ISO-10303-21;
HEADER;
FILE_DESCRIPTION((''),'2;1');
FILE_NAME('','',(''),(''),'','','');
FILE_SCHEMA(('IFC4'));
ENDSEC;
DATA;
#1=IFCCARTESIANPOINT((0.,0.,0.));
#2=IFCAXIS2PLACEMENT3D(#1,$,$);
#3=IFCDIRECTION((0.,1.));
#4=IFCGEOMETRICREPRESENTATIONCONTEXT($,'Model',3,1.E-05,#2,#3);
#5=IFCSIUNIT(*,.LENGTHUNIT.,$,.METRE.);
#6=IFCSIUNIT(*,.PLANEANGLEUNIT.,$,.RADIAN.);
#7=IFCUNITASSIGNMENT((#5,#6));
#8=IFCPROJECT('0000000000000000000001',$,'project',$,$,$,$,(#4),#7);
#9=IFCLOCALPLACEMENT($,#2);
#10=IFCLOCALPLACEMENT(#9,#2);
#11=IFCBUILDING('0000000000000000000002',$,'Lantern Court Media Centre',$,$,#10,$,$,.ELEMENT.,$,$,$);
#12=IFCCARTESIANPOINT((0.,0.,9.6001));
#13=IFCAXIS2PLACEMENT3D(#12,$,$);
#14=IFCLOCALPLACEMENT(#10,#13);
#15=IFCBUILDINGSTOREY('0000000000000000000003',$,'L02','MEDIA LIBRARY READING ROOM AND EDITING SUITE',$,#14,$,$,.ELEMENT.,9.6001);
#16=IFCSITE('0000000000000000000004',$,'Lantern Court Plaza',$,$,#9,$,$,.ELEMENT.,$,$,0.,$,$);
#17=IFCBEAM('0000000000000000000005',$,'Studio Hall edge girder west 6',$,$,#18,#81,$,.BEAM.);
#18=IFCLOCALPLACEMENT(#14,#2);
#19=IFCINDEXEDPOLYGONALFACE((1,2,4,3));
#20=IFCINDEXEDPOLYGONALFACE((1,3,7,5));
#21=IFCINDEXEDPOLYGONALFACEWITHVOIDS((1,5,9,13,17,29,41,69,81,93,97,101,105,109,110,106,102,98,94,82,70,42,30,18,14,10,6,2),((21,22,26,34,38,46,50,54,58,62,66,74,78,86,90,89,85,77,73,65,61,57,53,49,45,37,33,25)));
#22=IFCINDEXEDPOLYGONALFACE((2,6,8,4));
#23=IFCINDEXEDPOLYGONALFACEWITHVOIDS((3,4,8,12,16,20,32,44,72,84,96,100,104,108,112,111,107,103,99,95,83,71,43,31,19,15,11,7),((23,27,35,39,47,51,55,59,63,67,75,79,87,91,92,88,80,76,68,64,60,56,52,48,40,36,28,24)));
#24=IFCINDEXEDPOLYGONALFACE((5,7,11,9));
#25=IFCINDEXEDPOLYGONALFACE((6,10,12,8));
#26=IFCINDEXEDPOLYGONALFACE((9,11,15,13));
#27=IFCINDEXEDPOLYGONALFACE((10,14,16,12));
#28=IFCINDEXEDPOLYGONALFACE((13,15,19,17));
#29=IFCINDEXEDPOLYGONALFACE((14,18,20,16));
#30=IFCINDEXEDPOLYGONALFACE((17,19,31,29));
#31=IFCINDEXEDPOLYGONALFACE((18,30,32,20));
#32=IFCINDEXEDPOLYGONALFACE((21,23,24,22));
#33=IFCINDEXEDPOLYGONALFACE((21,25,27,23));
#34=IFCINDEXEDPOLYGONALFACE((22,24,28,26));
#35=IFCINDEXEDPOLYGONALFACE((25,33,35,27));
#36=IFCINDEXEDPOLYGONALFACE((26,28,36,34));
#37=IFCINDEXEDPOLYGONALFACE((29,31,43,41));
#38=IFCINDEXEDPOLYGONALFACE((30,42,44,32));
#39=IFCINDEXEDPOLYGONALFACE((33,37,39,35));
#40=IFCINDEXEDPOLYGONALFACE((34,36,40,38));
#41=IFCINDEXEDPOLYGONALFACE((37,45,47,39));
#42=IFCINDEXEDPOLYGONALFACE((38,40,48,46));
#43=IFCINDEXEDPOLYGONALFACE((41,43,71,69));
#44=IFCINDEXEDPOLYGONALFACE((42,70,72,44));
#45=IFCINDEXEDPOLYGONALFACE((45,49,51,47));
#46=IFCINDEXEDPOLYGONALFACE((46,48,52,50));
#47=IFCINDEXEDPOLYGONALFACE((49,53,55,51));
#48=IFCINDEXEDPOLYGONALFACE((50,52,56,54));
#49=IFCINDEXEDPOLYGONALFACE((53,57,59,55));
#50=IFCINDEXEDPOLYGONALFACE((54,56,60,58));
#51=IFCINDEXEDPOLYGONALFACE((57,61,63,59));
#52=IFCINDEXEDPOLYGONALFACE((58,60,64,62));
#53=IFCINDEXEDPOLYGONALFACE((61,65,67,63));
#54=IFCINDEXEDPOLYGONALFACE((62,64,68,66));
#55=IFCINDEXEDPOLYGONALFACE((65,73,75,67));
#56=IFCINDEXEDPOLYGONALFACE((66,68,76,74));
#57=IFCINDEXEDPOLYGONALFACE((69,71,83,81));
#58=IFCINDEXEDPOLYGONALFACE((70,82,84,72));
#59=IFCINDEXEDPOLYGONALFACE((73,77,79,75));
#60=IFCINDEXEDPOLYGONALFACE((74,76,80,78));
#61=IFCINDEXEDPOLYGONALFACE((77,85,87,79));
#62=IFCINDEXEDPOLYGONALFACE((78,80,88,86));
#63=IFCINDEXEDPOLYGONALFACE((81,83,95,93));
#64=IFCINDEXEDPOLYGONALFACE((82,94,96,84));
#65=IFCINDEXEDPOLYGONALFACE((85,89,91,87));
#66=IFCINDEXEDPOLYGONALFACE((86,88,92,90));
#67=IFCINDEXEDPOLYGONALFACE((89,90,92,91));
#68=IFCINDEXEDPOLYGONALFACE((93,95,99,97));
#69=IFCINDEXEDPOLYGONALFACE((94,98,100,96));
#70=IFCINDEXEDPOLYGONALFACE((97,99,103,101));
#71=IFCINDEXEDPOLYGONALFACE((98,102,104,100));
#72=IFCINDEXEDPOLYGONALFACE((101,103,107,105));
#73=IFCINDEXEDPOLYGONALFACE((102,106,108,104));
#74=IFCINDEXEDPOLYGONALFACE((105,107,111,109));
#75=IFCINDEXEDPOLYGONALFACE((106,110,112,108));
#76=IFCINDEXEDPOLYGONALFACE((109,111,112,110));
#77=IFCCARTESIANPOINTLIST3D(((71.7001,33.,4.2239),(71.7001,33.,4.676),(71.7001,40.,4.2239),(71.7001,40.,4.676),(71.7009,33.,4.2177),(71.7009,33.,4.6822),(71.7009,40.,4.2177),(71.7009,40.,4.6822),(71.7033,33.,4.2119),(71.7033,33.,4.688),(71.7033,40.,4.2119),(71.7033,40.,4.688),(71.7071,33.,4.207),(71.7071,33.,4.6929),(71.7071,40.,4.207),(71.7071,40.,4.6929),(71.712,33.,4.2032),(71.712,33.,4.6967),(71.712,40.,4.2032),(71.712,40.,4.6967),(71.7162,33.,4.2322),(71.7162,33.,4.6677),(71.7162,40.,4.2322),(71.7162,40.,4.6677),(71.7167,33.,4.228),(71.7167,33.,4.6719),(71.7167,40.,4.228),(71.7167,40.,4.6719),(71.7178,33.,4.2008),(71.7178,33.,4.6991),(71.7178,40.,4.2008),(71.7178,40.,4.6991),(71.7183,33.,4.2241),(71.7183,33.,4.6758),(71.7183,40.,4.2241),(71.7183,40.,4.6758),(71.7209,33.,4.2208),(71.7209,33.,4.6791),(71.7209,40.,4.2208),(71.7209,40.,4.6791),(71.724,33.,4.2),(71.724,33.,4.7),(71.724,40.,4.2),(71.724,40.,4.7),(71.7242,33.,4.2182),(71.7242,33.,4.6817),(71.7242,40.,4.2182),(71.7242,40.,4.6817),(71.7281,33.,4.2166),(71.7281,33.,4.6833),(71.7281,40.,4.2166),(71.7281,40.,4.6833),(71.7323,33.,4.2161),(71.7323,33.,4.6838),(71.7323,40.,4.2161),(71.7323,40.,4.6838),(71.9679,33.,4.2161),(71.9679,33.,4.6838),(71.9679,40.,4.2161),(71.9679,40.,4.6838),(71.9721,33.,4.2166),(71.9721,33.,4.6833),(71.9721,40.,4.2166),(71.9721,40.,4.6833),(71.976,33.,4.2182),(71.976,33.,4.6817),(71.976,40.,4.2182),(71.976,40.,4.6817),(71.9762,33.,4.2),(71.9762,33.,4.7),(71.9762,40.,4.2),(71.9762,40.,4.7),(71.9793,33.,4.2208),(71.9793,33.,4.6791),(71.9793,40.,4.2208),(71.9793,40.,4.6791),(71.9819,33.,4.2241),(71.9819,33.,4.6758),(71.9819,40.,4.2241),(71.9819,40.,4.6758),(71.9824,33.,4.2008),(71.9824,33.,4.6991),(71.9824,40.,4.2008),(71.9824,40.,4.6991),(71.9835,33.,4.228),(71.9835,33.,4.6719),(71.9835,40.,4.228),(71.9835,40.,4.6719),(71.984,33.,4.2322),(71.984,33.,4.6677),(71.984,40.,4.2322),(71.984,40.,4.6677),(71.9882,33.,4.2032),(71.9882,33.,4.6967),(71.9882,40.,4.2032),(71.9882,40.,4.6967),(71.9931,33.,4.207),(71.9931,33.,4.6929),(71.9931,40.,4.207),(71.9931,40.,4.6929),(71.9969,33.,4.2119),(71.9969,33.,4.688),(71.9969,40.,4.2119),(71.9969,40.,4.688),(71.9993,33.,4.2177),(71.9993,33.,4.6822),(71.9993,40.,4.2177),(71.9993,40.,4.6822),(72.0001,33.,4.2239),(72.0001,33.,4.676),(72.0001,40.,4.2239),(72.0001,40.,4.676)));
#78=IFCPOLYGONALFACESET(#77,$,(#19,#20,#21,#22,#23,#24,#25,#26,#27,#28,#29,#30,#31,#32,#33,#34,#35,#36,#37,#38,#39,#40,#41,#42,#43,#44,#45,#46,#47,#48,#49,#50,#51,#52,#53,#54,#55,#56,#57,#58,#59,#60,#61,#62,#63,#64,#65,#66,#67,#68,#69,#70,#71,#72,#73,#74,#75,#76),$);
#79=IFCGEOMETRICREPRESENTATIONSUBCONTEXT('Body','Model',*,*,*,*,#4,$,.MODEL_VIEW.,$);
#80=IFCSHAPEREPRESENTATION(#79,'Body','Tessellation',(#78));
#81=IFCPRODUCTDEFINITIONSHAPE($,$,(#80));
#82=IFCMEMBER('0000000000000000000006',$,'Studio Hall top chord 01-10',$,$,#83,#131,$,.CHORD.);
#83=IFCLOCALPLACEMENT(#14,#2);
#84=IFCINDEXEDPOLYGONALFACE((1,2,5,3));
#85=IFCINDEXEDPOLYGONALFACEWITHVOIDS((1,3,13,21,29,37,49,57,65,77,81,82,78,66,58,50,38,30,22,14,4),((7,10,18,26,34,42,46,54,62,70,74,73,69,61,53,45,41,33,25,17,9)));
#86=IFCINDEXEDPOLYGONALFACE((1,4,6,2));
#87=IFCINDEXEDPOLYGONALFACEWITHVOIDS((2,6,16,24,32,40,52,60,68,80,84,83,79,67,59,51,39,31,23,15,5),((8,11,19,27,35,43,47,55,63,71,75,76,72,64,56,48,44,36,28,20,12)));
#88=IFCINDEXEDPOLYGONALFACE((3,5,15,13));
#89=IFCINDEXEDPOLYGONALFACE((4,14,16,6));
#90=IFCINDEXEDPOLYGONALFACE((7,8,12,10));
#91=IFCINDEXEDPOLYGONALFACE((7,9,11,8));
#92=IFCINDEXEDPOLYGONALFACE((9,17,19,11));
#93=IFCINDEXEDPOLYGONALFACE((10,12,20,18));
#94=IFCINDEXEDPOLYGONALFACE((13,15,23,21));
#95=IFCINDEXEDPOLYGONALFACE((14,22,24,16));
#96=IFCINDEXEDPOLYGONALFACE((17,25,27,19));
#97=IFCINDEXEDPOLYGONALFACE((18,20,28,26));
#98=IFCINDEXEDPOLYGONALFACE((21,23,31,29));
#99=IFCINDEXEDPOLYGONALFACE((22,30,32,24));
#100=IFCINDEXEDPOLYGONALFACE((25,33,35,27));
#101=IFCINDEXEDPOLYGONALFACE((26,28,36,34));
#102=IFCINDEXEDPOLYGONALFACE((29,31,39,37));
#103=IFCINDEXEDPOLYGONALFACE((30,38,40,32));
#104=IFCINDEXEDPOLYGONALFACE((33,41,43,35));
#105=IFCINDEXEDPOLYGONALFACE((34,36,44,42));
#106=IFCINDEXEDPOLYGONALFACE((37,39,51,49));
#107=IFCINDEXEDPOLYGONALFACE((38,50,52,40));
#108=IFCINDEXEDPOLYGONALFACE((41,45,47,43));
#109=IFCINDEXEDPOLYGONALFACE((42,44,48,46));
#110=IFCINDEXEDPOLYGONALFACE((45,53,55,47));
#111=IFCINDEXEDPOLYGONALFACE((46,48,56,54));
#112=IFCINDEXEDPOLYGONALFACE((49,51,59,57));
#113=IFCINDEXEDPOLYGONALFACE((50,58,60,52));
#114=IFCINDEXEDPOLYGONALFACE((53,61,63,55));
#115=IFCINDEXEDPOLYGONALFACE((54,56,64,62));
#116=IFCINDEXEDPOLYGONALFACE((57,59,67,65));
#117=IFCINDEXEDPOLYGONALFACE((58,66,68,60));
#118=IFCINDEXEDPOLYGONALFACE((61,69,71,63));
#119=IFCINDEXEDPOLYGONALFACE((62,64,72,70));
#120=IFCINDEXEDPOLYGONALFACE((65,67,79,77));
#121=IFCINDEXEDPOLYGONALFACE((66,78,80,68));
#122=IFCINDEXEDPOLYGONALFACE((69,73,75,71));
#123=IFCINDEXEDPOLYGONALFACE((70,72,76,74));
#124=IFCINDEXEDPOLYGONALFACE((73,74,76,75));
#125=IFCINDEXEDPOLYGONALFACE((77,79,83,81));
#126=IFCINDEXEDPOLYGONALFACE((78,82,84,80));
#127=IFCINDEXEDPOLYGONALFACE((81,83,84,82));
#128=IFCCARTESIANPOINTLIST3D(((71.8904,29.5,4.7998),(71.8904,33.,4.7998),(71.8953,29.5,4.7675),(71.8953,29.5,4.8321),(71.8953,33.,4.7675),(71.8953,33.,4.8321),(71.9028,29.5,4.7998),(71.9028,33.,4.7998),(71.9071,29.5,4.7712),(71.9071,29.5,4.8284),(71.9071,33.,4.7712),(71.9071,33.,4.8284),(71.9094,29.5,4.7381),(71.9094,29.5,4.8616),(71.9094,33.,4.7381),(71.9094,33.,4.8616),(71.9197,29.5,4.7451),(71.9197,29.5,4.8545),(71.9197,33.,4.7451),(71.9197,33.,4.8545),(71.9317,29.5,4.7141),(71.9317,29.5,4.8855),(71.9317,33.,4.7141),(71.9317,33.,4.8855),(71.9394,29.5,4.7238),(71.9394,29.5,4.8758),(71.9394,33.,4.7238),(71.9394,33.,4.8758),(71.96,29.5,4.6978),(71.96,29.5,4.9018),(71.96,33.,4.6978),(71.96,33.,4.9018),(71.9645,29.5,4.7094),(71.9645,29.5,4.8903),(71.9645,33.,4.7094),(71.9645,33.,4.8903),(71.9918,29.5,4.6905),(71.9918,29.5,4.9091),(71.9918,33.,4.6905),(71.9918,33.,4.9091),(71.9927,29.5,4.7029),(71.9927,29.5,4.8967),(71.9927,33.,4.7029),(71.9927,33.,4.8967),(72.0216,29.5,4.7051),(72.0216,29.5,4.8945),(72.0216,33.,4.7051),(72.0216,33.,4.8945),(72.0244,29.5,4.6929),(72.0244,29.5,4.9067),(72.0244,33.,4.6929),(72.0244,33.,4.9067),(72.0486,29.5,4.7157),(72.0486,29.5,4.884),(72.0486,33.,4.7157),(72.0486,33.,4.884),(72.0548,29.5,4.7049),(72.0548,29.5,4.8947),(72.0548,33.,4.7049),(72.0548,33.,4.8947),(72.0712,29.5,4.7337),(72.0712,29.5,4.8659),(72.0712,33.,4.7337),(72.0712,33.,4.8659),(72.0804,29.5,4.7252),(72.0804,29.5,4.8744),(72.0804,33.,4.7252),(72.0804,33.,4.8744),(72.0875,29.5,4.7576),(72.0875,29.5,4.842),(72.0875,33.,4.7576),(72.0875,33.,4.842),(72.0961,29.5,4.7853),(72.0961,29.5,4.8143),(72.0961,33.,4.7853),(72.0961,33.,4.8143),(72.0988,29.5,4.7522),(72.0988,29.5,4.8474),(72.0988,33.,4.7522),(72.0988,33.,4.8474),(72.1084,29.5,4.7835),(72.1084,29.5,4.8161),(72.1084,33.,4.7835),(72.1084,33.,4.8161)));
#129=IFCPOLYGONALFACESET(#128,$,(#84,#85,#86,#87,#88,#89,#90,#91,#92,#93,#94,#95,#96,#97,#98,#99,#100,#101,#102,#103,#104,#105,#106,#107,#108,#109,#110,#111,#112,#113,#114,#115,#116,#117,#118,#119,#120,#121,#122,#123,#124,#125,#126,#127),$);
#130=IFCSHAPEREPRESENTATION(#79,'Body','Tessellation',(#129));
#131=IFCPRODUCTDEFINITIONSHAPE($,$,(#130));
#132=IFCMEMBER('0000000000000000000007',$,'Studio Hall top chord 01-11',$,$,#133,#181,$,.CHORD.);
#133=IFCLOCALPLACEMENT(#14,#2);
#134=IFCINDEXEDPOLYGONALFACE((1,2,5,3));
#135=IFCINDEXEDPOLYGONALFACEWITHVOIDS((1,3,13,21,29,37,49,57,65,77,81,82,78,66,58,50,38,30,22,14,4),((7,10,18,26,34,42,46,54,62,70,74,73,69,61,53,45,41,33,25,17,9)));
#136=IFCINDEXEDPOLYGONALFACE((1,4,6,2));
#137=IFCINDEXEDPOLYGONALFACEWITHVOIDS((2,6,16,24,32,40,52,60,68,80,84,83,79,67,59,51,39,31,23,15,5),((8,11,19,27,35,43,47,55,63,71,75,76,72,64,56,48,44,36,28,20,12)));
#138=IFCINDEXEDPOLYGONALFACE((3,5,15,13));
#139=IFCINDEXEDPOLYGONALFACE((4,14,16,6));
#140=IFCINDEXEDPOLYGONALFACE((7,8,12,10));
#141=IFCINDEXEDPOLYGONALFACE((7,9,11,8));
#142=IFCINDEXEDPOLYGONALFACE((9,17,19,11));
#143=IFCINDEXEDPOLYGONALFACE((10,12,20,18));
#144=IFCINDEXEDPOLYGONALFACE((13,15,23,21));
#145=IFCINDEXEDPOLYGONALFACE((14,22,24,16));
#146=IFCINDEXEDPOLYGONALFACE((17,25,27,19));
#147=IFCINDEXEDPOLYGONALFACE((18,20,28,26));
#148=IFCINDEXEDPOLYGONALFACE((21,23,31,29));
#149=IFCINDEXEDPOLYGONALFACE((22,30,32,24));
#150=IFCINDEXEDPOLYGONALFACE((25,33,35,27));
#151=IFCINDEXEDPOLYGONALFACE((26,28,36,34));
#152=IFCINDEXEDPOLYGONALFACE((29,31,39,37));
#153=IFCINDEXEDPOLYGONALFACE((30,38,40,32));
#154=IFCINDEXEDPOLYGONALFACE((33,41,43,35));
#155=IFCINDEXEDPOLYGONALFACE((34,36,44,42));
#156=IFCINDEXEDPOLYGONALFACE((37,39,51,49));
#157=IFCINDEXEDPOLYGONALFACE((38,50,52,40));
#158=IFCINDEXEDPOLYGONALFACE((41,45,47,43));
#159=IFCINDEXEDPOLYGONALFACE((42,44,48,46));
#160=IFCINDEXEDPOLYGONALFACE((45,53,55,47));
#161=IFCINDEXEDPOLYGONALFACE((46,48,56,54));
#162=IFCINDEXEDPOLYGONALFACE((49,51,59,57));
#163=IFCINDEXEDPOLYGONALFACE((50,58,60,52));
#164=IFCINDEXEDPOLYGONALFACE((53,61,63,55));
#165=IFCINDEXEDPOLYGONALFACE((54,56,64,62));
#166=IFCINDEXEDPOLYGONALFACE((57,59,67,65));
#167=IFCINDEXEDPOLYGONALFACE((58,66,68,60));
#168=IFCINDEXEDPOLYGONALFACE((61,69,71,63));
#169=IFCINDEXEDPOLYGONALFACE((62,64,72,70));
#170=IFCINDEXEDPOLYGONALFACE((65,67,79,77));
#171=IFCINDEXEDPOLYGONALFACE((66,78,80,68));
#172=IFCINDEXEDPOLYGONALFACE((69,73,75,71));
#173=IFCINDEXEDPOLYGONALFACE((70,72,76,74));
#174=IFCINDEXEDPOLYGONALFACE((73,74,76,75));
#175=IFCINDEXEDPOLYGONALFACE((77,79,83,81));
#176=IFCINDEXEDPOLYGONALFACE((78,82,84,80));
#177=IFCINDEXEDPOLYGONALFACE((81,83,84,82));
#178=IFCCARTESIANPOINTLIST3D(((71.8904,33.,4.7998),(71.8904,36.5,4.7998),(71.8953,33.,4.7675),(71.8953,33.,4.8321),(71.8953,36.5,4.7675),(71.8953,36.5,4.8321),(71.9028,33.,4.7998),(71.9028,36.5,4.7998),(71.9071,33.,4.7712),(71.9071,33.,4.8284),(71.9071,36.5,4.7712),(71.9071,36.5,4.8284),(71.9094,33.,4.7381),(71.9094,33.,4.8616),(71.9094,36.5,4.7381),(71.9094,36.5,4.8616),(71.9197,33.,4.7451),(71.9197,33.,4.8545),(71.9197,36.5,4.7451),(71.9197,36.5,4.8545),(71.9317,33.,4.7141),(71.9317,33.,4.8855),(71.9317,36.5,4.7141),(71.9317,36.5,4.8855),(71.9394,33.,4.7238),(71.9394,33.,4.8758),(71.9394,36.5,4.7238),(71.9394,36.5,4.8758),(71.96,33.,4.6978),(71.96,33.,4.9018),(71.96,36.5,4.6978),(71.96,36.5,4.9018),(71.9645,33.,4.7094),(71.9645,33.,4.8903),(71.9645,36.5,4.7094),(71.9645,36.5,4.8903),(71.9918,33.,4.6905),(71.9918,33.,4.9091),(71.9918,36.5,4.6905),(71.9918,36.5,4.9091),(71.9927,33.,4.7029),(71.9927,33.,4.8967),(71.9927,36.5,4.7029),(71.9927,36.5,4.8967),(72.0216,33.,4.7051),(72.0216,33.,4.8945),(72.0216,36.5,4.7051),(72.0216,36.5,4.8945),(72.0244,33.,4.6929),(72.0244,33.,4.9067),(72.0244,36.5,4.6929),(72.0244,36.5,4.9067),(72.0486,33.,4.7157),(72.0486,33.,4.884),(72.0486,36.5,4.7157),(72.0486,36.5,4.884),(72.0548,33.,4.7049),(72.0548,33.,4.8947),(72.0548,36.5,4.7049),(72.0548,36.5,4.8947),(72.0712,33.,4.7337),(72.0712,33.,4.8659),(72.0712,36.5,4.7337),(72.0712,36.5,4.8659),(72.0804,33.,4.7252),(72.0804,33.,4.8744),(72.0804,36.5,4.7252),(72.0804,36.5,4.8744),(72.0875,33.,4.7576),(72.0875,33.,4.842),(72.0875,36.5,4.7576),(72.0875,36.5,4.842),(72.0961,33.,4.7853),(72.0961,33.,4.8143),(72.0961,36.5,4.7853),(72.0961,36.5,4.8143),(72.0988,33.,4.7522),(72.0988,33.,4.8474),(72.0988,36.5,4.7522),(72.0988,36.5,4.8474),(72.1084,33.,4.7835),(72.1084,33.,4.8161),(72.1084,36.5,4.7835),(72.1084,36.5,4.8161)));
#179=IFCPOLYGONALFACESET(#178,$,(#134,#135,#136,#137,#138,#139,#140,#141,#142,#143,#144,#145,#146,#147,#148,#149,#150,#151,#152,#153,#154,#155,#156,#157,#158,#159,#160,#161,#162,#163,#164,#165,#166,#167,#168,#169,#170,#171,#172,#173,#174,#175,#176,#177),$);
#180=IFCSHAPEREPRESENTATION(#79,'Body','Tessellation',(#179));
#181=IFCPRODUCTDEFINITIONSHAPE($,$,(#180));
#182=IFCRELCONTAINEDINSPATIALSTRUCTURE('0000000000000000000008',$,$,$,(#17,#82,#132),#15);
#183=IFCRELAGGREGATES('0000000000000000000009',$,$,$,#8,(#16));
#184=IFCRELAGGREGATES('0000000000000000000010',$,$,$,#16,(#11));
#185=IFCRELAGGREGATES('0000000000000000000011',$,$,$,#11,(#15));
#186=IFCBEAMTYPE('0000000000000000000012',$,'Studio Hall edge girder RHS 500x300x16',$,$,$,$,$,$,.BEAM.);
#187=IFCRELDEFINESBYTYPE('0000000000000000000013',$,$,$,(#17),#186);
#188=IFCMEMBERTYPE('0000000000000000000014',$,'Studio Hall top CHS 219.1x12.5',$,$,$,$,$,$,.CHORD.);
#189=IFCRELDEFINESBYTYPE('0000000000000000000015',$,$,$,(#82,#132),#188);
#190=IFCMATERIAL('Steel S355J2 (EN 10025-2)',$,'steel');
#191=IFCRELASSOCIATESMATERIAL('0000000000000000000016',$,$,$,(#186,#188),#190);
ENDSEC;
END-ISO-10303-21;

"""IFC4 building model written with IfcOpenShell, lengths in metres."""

from ifc_helpers import new_model, si_unit, direction, frame, origin, origin_2d, place, context, subcontext, project, spatial, hollow_rectangle, hollow_circle, extrude, material, material_profile, profile_set, type_object, element, save


model = new_model("IFC4")

# Units and contexts
model_context = context("Model", 3, precision=1e-05, world=origin(), true_north=direction((0.0, 1.0)))
body_context = subcontext(model_context, "Body", "Model", "MODEL_VIEW")
ifc_project = project(units=[si_unit("LENGTHUNIT", "METRE"), si_unit("PLANEANGLEUNIT", "RADIAN")], contexts=[model_context])

# Site, building, storey
site_placement = place(None, origin())
site = spatial("IfcSite", under=ifc_project, at=site_placement, Name="Lantern Court Plaza", CompositionType="ELEMENT", RefElevation=0.0)
building_placement = place(site_placement, origin())
building = spatial("IfcBuilding", under=site, at=building_placement, Name="Lantern Court Media Centre", CompositionType="ELEMENT")
storey_placement = place(building_placement, frame((0.0, 0.0, 9.6001)))
storey = spatial("IfcBuildingStorey", under=building, at=storey_placement, Name="L02", Description="MEDIA LIBRARY READING ROOM AND EDITING SUITE", CompositionType="ELEMENT", Elevation=9.6001)

# Shared definitions
ifc_material_1 = material(Name="Steel S355J2 (EN 10025-2)", Category="steel")

# Beam
ifc_material_profile_1 = material_profile(ifc_material_1, hollow_rectangle(XDim=0.3, YDim=0.5, WallThickness=0.0161, InnerFilletRadius=0.0161, OuterFilletRadius=0.0239, at=origin_2d()), Name="Studio Hall edge girder RHS 500x300x16")
ifc_profile_set_1 = profile_set([ifc_material_profile_1], Name="Steel S355J2 (EN 10025-2)")
beam_type = type_object("IfcBeamType", Name="Studio Hall edge girder RHS 500x300x16", PredefinedType="BEAM", material=ifc_profile_set_1)
beam_placement = place(storey_placement, frame((71.8501, 33.0, 4.45), z_axis=(0.0, 1.0, 0.0), x_axis=(-1.0, 0.0, 0.0)))
element("IfcBeam", 1, at=beam_placement, inside=storey, type_object=beam_type, Name="Studio Hall edge girder west 6", PredefinedType="BEAM", context=body_context, shape_type="SweptSolid", body=[
    extrude(hollow_rectangle(XDim=0.3, YDim=0.5, WallThickness=0.0161, InnerFilletRadius=0.0161, OuterFilletRadius=0.0239, at=origin_2d()), origin(), (0.0, 0.0, 1.0), 7.0),
])

# Members
ifc_material_profile_2 = material_profile(ifc_material_1, hollow_circle(Radius=0.1096, WallThickness=0.0125, at=origin_2d()), Name="Studio Hall top CHS 219.1x12.5")
ifc_profile_set_2 = profile_set([ifc_material_profile_2], Name="Steel S355J2 (EN 10025-2)")
member_type = type_object("IfcMemberType", Name="Studio Hall top CHS 219.1x12.5", PredefinedType="CHORD", material=ifc_profile_set_2)
for number, where, z_axis, x_axis, name in (
    (2, (72.0, 29.5, 4.7998), (0.0, 1.0, 0.0), (-1.0, 0.0, 0.0), "Studio Hall top chord 01-10"),
    (3, (72.0, 33.0, 4.7998), (0.0, 1.0, 0.0), (-1.0, 0.0, 0.0), "Studio Hall top chord 01-11"),
):
    element("IfcMember", number, at=place(storey_placement, frame(where, z_axis=z_axis, x_axis=x_axis)), inside=storey, type_object=member_type, Name=name, PredefinedType="CHORD", context=body_context, shape_type="SweptSolid", body=[
        extrude(hollow_circle(Radius=0.1096, WallThickness=0.0125, at=origin_2d()), origin(), (0.0, 0.0, 1.0), 3.5),
    ])

save(model, "model.ifc")
